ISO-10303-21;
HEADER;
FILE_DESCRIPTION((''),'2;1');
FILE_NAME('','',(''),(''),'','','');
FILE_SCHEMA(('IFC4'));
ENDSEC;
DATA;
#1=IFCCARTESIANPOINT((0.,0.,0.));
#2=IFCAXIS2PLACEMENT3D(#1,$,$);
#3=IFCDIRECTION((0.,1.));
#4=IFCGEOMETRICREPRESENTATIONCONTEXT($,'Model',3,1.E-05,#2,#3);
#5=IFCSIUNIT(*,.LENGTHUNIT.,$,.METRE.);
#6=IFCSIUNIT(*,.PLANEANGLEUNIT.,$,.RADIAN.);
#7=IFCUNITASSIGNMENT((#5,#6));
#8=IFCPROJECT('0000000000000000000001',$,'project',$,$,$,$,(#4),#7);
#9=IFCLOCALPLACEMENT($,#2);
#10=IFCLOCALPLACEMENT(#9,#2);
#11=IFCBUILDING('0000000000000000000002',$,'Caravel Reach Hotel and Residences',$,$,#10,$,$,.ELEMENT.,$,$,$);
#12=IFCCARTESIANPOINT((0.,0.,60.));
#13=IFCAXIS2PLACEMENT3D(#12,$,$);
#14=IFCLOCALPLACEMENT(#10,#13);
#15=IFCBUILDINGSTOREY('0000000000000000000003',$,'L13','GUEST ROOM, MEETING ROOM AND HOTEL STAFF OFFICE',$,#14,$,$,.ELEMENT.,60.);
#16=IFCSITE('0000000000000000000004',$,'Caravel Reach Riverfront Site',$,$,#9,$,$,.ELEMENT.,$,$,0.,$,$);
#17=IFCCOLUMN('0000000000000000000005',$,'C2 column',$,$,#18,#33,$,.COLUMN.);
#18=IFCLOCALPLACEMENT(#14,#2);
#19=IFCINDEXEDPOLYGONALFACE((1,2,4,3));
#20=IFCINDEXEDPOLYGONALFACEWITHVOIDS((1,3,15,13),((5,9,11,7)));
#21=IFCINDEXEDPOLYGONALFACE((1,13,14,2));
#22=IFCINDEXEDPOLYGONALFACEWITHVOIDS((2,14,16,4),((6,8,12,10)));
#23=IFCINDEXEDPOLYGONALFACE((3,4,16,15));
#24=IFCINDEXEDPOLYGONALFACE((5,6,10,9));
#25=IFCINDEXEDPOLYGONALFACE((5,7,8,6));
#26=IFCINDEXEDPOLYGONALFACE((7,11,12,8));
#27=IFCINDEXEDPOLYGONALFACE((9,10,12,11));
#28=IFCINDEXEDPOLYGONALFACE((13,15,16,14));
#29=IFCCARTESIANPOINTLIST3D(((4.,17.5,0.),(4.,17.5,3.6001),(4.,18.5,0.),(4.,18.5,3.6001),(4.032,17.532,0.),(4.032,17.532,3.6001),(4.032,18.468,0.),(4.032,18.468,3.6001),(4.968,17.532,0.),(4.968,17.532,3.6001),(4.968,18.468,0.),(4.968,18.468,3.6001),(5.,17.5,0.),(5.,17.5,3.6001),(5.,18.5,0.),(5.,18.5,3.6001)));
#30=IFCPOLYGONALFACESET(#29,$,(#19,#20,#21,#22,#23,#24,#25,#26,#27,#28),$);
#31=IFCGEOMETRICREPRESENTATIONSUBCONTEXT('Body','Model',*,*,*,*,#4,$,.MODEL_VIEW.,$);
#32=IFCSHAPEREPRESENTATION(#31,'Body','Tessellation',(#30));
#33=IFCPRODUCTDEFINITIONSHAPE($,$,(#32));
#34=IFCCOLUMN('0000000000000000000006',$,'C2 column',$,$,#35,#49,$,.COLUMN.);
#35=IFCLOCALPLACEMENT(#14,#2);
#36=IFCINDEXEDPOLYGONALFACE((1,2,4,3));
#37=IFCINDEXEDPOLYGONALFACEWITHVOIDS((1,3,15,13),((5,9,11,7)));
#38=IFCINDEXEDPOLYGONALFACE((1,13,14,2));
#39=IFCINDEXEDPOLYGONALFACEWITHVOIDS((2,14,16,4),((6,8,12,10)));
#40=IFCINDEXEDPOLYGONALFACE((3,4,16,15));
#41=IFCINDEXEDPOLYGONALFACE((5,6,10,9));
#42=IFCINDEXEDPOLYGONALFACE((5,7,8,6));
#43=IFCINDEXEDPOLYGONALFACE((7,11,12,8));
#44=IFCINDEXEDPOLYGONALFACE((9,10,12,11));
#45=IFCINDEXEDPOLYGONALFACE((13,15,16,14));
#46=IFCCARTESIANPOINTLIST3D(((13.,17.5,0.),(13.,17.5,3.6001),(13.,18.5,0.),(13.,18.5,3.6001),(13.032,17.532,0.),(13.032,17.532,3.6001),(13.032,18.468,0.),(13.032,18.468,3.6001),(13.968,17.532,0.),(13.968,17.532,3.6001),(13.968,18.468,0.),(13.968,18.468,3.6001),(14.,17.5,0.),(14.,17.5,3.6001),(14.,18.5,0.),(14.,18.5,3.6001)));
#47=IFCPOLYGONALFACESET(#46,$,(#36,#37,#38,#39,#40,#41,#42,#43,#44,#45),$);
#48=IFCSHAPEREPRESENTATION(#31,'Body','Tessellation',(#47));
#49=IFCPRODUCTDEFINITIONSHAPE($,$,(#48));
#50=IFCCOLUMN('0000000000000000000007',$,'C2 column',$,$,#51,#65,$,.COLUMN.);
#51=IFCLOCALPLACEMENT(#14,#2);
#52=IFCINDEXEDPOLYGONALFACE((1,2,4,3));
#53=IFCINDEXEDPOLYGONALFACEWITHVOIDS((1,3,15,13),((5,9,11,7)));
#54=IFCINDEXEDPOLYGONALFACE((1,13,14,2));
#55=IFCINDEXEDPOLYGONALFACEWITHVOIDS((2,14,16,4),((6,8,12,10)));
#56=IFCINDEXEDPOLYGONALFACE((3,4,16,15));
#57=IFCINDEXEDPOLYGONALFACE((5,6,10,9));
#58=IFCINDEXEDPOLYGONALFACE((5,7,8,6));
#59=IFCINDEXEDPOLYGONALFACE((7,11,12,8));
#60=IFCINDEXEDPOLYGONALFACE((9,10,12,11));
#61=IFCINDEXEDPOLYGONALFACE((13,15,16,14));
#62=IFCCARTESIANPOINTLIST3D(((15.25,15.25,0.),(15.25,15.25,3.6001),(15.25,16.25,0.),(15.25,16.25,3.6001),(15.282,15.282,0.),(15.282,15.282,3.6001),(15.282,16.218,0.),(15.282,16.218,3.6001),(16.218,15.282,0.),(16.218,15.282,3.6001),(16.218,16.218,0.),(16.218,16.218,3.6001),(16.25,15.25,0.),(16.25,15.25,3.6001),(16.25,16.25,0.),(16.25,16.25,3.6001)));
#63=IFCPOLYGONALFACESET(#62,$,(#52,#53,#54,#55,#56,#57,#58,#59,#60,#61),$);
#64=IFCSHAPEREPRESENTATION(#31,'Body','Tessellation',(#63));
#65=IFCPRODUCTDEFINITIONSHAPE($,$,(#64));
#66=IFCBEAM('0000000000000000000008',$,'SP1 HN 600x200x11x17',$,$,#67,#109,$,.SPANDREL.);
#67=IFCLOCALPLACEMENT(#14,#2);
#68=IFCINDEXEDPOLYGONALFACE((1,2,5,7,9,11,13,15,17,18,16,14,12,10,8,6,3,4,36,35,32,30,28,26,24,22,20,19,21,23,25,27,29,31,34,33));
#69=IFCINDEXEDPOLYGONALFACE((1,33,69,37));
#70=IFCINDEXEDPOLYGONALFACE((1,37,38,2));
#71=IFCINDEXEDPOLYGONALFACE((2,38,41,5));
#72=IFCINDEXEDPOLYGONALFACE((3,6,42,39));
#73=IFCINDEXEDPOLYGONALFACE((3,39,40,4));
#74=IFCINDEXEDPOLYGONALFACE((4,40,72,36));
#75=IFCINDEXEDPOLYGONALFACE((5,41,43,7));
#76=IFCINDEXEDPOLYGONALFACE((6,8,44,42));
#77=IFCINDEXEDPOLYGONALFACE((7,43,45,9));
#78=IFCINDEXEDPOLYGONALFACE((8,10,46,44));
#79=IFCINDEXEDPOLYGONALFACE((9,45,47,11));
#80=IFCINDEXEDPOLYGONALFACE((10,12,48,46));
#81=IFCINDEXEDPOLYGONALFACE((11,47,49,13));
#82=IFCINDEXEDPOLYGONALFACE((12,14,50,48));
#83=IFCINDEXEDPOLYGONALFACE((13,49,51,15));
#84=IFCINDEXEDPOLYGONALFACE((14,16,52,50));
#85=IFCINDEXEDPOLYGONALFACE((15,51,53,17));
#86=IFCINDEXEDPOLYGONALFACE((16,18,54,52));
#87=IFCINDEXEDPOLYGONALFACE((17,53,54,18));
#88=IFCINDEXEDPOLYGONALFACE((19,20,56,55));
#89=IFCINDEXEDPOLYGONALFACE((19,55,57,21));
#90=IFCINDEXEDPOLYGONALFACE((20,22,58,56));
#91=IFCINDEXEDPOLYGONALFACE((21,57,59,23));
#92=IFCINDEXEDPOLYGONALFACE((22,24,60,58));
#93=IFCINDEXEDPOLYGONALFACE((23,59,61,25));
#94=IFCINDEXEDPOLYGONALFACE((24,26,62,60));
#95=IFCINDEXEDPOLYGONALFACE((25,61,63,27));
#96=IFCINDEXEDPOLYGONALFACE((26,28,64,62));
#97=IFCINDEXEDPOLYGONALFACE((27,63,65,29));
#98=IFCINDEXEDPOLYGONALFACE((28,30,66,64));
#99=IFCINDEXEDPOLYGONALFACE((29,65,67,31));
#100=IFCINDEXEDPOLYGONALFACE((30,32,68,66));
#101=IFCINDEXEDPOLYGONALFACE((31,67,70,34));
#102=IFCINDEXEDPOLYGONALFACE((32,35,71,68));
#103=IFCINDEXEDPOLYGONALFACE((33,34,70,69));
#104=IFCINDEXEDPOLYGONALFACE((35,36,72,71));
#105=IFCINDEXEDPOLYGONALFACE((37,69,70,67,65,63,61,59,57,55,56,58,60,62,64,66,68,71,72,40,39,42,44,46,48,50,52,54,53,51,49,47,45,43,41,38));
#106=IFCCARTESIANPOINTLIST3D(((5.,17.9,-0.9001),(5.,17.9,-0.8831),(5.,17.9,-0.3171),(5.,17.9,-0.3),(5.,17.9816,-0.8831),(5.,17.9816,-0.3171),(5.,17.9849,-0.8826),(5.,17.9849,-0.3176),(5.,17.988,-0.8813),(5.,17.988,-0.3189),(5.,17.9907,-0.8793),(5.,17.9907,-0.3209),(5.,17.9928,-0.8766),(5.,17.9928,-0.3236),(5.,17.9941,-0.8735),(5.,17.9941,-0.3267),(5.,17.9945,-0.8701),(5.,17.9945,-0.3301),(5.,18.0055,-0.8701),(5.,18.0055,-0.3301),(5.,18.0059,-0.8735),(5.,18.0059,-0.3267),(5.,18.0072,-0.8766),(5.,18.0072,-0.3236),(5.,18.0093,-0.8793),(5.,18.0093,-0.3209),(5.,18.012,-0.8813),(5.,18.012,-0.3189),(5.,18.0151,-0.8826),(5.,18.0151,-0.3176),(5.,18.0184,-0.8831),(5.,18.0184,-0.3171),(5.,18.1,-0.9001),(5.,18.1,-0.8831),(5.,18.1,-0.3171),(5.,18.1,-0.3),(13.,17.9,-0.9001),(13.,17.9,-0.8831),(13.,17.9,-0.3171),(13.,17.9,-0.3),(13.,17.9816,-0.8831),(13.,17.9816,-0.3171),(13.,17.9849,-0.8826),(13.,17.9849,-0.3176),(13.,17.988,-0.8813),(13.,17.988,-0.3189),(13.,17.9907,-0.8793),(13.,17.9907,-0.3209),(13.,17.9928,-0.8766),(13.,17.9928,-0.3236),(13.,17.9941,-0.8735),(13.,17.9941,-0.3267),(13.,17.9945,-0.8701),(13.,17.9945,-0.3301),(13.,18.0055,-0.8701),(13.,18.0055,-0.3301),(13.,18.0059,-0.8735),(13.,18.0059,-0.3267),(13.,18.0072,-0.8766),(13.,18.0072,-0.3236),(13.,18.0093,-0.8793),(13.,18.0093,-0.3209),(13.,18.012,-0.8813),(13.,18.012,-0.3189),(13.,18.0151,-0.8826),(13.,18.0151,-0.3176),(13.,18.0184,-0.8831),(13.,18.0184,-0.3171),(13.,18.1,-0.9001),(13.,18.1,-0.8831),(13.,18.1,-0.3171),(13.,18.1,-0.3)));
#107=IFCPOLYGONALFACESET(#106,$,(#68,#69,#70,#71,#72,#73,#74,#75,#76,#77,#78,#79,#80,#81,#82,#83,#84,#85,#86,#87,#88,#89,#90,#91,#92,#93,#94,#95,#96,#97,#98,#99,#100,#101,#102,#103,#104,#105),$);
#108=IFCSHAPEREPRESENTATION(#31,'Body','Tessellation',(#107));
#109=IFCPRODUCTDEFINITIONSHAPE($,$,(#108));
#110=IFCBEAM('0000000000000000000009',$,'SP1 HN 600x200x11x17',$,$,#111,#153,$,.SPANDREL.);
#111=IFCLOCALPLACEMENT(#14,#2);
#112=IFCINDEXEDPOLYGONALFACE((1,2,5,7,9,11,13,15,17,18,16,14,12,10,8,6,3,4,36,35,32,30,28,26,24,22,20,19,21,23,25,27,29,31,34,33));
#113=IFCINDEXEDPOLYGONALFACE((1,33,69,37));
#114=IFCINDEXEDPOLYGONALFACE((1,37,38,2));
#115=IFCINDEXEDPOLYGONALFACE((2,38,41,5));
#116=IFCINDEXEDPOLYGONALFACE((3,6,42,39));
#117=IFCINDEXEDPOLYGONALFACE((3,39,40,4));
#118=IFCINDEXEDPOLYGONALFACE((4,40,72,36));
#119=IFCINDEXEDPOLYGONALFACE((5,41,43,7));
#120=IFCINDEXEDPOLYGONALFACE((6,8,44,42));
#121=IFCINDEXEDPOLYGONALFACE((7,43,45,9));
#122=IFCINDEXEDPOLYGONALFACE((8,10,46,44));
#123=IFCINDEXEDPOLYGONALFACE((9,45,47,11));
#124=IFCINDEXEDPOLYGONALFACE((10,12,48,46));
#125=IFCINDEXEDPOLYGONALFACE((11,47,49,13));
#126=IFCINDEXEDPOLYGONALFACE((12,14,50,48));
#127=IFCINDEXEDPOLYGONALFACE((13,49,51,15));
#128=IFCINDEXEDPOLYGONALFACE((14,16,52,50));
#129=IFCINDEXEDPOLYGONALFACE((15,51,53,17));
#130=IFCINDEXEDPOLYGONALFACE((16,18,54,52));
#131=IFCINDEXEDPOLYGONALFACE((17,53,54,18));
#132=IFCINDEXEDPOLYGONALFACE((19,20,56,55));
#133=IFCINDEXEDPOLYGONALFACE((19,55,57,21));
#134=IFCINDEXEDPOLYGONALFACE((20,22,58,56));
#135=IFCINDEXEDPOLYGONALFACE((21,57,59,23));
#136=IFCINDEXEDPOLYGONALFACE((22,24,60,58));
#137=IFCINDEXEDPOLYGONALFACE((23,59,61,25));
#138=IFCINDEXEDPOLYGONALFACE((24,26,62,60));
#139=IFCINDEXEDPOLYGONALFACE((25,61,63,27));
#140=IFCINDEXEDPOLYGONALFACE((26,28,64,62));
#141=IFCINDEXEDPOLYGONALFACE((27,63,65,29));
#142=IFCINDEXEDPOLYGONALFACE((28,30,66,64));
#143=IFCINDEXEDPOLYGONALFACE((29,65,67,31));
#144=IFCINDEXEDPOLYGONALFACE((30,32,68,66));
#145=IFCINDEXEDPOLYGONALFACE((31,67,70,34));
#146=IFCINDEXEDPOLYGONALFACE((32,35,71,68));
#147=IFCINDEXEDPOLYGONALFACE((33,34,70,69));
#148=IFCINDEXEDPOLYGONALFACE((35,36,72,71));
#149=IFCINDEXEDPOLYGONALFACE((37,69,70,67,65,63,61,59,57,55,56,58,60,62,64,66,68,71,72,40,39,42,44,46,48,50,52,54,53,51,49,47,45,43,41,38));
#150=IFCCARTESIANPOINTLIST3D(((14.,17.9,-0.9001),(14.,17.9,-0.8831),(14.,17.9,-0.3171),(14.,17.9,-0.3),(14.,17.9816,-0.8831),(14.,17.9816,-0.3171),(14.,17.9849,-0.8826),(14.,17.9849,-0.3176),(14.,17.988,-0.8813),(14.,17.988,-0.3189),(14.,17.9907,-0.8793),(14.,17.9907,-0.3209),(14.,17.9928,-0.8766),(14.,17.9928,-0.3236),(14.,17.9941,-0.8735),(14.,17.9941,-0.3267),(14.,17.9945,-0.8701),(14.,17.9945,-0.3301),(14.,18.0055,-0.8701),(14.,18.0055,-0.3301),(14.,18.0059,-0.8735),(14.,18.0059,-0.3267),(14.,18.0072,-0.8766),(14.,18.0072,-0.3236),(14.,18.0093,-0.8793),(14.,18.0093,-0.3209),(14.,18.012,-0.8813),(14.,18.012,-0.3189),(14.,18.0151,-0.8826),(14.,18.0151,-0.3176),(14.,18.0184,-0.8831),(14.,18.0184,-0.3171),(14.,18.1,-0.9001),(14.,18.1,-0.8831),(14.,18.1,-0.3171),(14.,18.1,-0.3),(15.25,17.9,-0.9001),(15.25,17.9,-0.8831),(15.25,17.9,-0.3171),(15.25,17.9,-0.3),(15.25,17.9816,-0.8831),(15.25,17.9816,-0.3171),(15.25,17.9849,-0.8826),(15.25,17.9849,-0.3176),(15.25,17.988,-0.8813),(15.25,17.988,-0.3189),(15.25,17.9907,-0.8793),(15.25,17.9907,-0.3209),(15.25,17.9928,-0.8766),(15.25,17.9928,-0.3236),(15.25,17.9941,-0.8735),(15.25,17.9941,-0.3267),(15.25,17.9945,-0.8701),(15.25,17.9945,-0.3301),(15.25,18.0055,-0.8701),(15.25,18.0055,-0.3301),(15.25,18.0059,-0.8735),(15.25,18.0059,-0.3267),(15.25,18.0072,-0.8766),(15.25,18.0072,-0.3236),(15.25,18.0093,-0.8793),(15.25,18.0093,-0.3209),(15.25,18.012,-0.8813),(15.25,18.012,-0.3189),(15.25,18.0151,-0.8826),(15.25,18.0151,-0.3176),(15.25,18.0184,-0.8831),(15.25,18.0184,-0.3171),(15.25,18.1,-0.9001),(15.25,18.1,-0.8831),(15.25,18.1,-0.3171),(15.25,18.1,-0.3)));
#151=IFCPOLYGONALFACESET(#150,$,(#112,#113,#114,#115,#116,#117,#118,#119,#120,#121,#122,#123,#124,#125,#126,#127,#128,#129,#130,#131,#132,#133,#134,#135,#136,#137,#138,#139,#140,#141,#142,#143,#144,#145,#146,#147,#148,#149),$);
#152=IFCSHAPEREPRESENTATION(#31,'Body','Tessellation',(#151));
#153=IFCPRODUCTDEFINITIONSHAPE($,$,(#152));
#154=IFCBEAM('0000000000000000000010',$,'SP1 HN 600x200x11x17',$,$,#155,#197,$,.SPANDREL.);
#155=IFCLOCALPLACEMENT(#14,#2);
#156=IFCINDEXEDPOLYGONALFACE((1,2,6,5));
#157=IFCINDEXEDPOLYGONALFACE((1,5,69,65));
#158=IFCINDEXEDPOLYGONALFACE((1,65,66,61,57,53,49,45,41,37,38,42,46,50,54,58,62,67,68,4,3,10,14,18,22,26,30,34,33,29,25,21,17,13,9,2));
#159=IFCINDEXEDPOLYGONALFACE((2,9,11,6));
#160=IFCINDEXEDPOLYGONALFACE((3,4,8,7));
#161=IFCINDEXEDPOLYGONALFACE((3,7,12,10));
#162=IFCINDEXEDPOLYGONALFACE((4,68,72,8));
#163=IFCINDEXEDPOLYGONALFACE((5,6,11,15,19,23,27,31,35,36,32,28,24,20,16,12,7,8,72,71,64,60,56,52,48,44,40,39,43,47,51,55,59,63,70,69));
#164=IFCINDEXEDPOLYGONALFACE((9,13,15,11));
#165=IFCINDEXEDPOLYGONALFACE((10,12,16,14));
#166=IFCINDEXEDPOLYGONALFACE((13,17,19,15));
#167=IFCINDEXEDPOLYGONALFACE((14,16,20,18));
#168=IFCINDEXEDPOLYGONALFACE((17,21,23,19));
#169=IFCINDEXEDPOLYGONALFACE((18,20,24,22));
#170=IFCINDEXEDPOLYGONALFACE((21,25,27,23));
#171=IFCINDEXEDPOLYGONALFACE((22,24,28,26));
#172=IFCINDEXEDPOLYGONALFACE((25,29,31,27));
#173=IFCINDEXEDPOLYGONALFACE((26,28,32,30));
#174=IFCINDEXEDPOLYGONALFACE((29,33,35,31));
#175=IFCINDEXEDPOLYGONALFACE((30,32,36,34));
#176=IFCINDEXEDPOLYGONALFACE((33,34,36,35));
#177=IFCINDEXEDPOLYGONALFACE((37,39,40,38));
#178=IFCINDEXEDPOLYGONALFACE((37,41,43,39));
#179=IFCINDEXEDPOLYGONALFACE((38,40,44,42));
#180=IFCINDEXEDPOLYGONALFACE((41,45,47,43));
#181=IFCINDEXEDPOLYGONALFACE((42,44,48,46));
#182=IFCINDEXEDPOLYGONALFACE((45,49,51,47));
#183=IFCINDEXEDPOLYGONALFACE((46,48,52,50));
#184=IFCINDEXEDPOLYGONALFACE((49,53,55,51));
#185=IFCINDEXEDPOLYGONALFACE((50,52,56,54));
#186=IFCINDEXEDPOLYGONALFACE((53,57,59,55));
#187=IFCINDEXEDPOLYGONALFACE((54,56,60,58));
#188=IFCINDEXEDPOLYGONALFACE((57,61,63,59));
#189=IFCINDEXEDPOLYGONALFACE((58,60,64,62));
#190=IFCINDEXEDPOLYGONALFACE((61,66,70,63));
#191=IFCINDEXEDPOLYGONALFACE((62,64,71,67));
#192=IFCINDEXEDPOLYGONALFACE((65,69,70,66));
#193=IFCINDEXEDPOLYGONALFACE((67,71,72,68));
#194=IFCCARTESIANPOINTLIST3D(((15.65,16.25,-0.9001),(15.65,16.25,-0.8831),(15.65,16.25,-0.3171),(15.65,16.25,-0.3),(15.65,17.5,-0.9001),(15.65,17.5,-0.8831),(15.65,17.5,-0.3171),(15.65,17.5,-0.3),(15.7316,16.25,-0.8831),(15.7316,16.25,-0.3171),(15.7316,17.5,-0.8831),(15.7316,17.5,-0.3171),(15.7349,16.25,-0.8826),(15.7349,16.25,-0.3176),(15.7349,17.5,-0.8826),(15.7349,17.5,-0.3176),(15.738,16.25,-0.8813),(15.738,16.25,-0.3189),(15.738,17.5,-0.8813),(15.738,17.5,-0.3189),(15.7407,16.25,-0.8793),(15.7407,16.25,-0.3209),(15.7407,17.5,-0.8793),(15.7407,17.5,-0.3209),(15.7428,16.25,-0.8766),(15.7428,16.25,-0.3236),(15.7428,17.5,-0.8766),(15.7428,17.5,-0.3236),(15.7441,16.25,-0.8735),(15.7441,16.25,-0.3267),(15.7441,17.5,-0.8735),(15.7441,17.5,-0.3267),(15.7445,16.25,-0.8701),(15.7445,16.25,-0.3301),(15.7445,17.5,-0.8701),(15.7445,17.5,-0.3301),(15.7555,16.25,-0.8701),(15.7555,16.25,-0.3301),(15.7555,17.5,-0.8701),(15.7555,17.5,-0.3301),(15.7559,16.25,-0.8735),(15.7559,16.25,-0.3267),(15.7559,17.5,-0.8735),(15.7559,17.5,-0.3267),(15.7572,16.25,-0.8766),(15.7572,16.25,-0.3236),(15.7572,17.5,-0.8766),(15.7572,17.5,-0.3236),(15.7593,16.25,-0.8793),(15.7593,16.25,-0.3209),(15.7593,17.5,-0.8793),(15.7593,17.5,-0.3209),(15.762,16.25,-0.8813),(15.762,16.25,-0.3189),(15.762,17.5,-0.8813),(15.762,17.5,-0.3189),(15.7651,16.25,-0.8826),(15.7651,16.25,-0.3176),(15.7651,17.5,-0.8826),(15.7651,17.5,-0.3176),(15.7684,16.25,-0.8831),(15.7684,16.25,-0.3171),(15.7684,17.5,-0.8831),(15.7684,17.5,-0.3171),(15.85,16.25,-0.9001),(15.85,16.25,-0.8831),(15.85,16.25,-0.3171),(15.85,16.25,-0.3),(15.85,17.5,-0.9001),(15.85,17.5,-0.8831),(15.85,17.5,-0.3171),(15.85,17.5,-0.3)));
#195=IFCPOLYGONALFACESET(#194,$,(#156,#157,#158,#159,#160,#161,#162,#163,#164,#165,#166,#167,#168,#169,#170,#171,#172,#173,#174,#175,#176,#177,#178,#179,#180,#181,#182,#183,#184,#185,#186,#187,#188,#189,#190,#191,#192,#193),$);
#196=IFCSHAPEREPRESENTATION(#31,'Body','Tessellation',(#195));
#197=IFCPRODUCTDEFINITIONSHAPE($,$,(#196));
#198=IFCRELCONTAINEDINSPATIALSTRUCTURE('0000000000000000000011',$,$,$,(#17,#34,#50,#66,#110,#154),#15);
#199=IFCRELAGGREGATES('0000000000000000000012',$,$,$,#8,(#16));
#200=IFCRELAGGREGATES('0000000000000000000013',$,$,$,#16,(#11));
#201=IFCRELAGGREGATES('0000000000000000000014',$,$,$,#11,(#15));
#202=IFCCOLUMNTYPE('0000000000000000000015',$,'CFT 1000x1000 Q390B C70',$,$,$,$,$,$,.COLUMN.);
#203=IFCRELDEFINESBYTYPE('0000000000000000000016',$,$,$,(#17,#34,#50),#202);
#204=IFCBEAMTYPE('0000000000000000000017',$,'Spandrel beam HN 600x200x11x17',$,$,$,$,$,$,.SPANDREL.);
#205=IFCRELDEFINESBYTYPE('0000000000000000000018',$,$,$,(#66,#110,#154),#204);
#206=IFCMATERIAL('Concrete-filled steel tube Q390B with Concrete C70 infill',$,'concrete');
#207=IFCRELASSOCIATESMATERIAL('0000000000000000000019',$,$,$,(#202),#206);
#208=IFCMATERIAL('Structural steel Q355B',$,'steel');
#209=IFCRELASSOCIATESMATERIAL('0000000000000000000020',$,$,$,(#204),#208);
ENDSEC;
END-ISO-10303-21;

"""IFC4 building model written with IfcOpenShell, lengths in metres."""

from ifc_helpers import new_model, si_unit, direction, frame, origin, origin_2d, place, context, subcontext, project, spatial, hollow_rectangle, i_section, extrude, material, material_profile, profile_set, type_object, element, save


model = new_model("IFC4")

# Units and contexts
model_context = context("Model", 3, precision=1e-05, world=origin(), true_north=direction((0.0, 1.0)))
body_context = subcontext(model_context, "Body", "Model", "MODEL_VIEW")
ifc_project = project(units=[si_unit("LENGTHUNIT", "METRE"), si_unit("PLANEANGLEUNIT", "RADIAN")], contexts=[model_context])

# Site, building, storey
site_placement = place(None, origin())
site = spatial("IfcSite", under=ifc_project, at=site_placement, Name="Caravel Reach Riverfront Site", CompositionType="ELEMENT", RefElevation=0.0)
building_placement = place(site_placement, origin())
building = spatial("IfcBuilding", under=site, at=building_placement, Name="Caravel Reach Hotel and Residences", CompositionType="ELEMENT")
storey_placement = place(building_placement, frame((0.0, 0.0, 60.0)))
storey = spatial("IfcBuildingStorey", under=building, at=storey_placement, Name="L13", Description="GUEST ROOM, MEETING ROOM AND HOTEL STAFF OFFICE", CompositionType="ELEMENT", Elevation=60.0)

# Columns
ifc_material_1 = material(Name="Concrete-filled steel tube Q390B with Concrete C70 infill", Category="concrete")
ifc_material_profile_1 = material_profile(ifc_material_1, hollow_rectangle(XDim=1.0, YDim=1.0, WallThickness=0.032, at=origin_2d()), Name="RHS 1000x1000x32")
ifc_profile_set_1 = profile_set([ifc_material_profile_1], Name="Concrete-filled steel tube Q390B with Concrete C70 infill")
column_type = type_object("IfcColumnType", Name="CFT 1000x1000 Q390B C70", PredefinedType="COLUMN", material=ifc_profile_set_1)
for number, where, z_axis, x_axis, name in (
    (1, (4.5, 18.0, 0.0), (0.0, 0.0, 1.0), (1.0, 0.0, 0.0), "C2 column"),
    (2, (13.5, 18.0, 0.0), (0.0, 0.0, 1.0), (1.0, 0.0, 0.0), "C2 column"),
    (3, (15.75, 15.75, 0.0), (0.0, 0.0, 1.0), (1.0, 0.0, 0.0), "C2 column"),
):
    element("IfcColumn", number, at=place(storey_placement, frame(where, z_axis=z_axis, x_axis=x_axis)), inside=storey, type_object=column_type, Name=name, PredefinedType="COLUMN", context=body_context, shape_type="SweptSolid", body=[
        extrude(hollow_rectangle(XDim=1.0, YDim=1.0, WallThickness=0.032, at=origin_2d()), origin(), (0.0, 0.0, 1.0), 3.6001),
    ])

# Beams
ifc_material_2 = material(Name="Structural steel Q355B", Category="steel")
ifc_material_profile_2 = material_profile(ifc_material_2, i_section(OverallWidth=0.2, OverallDepth=0.6001, WebThickness=0.011, FlangeThickness=0.0171, FilletRadius=0.0129, at=origin_2d()), Name="HN 600x200x11x17")
ifc_profile_set_2 = profile_set([ifc_material_profile_2], Name="Structural steel Q355B")
beam_type = type_object("IfcBeamType", Name="Spandrel beam HN 600x200x11x17", PredefinedType="SPANDREL", material=ifc_profile_set_2)
beam_placement = place(storey_placement, frame((5.0, 18.0, -0.6001), z_axis=(1.0, 0.0, 0.0), x_axis=(0.0, 1.0, 0.0)))
element("IfcBeam", 4, at=beam_placement, inside=storey, type_object=beam_type, Name="SP1 HN 600x200x11x17", PredefinedType="SPANDREL", context=body_context, shape_type="SweptSolid", body=[
    extrude(i_section(OverallWidth=0.2, OverallDepth=0.6001, WebThickness=0.011, FlangeThickness=0.0171, FilletRadius=0.0129, at=origin_2d()), origin(), (0.0, 0.0, 1.0), 8.0),
])
for number, where, z_axis, x_axis, name in (
    (5, (14.0, 18.0, -0.6001), (1.0, 0.0, 0.0), (0.0, 1.0, 0.0), "SP1 HN 600x200x11x17"),
    (6, (15.75, 17.5, -0.6001), (0.0, -1.0, 0.0), (1.0, 0.0, 0.0), "SP1 HN 600x200x11x17"),
):
    element("IfcBeam", number, at=place(storey_placement, frame(where, z_axis=z_axis, x_axis=x_axis)), inside=storey, type_object=beam_type, Name=name, PredefinedType="SPANDREL", context=body_context, shape_type="SweptSolid", body=[
        extrude(i_section(OverallWidth=0.2, OverallDepth=0.6001, WebThickness=0.011, FlangeThickness=0.0171, FilletRadius=0.0129, at=origin_2d()), origin(), (0.0, 0.0, 1.0), 1.25),
    ])

save(model, "model.ifc")
